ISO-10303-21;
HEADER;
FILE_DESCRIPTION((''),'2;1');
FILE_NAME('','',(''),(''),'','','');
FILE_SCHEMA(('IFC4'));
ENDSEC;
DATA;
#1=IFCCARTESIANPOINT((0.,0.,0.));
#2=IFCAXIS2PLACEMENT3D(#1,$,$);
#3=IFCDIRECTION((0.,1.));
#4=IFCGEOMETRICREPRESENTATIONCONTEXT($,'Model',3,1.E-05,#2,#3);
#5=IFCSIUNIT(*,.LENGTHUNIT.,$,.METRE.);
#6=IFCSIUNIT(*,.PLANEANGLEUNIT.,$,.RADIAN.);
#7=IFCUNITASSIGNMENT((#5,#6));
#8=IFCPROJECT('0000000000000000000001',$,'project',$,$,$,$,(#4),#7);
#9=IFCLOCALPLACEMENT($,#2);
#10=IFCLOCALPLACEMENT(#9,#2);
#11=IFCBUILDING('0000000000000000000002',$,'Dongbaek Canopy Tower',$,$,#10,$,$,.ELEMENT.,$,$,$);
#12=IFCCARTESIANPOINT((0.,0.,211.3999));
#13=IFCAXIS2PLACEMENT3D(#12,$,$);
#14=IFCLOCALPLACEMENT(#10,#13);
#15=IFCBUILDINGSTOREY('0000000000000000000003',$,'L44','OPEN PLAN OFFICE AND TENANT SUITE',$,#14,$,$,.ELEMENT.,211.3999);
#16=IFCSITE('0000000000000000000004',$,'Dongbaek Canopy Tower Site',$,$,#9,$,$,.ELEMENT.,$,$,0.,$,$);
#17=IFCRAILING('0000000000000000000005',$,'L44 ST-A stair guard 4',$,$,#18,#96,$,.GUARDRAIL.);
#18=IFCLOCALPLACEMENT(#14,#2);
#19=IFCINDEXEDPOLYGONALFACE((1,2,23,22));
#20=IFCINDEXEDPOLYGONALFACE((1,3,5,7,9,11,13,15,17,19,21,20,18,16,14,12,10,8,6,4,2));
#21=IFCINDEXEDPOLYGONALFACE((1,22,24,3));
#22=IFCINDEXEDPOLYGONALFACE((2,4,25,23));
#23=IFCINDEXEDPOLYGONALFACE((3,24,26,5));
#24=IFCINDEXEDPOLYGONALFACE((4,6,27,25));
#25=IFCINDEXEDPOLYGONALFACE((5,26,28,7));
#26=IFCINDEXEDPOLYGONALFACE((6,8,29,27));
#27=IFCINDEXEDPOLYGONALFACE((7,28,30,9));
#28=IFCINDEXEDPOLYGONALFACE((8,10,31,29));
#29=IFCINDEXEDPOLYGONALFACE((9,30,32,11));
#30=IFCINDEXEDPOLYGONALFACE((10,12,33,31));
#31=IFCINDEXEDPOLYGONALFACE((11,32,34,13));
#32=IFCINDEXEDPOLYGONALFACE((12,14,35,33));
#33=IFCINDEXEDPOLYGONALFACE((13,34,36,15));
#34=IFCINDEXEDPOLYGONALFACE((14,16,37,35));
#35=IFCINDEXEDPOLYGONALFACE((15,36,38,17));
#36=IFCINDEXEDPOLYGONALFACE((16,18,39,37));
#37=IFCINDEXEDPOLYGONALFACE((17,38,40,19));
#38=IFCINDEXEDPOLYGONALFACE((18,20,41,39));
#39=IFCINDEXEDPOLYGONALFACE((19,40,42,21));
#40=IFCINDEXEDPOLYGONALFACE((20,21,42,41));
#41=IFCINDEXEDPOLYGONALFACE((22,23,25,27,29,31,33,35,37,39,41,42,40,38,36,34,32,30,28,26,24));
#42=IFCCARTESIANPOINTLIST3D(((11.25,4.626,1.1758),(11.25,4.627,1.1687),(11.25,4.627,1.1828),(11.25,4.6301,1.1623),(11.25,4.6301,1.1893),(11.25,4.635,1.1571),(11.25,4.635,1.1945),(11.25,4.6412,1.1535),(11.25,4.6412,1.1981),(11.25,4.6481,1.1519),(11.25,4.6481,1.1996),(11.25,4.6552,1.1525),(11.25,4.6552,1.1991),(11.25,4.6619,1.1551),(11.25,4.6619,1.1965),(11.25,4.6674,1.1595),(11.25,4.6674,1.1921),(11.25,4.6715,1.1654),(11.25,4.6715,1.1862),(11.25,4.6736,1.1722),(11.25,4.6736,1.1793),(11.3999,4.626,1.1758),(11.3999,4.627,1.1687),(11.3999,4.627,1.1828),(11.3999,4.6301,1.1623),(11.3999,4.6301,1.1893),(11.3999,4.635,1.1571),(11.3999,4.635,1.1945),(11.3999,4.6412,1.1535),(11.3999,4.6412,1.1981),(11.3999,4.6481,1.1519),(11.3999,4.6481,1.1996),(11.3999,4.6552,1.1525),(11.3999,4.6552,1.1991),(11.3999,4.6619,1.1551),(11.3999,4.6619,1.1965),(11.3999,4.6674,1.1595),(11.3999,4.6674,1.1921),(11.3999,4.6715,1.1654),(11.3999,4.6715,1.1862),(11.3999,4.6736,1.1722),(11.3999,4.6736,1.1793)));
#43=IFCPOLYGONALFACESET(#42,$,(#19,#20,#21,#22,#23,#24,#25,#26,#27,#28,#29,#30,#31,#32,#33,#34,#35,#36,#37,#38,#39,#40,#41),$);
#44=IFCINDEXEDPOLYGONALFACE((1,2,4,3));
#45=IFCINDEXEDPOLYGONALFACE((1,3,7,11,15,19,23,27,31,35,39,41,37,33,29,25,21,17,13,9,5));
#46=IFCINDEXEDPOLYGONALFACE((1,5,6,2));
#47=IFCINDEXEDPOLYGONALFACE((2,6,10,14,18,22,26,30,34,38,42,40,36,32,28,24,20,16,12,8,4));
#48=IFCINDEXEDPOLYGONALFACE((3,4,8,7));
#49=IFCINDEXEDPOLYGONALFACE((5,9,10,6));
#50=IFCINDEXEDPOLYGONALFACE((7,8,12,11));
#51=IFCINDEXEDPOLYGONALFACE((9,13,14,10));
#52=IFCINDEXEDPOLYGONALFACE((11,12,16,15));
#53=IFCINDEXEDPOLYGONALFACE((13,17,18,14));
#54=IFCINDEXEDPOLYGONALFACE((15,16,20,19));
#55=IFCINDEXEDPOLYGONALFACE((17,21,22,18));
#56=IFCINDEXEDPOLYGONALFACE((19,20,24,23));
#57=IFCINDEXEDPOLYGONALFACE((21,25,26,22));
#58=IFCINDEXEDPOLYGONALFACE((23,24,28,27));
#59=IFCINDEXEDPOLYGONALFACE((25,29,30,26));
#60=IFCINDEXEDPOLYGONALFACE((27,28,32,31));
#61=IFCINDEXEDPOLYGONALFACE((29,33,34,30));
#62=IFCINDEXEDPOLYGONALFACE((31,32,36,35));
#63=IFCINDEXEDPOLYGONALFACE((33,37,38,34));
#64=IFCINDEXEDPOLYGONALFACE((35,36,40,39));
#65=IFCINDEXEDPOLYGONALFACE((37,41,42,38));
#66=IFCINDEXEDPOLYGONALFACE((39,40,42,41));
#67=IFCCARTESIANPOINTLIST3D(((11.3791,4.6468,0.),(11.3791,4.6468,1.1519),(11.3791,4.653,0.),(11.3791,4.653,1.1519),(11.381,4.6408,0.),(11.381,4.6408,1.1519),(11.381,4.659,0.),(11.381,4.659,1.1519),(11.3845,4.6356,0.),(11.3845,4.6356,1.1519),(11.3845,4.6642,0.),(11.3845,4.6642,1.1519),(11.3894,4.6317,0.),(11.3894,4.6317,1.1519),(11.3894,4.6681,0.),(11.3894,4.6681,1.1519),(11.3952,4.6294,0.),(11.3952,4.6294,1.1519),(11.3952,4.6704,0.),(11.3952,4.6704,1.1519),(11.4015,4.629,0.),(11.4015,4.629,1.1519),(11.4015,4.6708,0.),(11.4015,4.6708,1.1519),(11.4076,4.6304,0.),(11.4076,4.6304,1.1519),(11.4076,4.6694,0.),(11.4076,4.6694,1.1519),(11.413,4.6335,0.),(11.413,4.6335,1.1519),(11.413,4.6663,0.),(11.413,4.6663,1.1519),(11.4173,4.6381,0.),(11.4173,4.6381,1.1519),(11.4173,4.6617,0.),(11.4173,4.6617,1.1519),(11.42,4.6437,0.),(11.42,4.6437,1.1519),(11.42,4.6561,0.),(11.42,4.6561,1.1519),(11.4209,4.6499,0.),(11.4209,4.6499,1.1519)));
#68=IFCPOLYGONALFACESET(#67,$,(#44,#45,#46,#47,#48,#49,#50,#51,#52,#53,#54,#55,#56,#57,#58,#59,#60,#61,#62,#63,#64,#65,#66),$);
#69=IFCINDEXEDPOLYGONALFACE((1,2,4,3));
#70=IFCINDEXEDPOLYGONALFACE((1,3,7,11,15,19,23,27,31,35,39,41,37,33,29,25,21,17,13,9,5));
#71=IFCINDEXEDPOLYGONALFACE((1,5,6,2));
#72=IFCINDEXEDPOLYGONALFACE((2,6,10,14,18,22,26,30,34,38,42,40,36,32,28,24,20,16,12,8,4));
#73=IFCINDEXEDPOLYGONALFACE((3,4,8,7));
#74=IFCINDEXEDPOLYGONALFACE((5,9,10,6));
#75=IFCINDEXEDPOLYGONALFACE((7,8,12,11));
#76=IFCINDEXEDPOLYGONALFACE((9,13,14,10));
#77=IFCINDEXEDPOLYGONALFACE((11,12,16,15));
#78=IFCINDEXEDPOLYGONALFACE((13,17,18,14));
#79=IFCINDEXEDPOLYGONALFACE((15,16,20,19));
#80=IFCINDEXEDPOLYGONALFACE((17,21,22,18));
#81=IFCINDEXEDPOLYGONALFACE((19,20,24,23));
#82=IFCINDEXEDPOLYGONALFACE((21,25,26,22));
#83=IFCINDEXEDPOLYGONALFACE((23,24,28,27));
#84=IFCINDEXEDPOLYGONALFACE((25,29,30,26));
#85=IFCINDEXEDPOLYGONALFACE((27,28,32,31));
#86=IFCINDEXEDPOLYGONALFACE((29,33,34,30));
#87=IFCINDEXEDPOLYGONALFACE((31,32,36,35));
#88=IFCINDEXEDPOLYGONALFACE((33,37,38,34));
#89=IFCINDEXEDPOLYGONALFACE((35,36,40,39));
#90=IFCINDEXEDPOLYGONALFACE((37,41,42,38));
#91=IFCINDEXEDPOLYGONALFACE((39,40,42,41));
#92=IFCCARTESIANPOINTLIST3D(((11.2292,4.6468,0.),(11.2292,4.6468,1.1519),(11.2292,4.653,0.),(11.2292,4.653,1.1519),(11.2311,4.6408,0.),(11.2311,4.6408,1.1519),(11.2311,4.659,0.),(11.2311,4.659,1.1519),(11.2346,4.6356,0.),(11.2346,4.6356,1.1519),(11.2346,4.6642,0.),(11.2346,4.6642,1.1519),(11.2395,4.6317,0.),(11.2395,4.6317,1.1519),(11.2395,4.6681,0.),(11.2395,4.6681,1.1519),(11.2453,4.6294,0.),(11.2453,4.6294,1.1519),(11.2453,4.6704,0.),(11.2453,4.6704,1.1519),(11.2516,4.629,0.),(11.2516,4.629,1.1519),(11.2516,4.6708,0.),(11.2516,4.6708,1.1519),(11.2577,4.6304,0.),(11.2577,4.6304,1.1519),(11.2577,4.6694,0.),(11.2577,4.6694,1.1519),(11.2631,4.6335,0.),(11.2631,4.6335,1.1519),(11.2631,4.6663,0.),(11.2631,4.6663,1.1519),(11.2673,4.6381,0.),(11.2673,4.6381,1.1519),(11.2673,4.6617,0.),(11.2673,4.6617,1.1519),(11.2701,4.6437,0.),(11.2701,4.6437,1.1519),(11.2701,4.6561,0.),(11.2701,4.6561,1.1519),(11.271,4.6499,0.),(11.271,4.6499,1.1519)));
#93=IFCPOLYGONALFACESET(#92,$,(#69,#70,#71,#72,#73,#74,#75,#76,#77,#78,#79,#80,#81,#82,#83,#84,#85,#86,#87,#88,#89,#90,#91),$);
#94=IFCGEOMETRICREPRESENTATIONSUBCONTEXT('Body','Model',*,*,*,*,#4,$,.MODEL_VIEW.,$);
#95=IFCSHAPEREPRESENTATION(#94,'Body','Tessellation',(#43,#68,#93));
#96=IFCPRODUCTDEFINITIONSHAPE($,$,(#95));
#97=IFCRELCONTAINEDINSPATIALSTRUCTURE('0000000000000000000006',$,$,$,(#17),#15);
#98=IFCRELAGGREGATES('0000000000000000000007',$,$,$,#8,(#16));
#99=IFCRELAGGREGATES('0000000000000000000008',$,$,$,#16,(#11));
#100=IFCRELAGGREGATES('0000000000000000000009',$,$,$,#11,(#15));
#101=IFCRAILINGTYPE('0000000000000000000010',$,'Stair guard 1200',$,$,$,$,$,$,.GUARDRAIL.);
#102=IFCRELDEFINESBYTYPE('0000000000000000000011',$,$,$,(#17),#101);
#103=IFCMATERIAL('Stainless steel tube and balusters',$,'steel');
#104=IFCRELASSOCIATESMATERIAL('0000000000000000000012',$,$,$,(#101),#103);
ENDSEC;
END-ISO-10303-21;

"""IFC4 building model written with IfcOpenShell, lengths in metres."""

from ifc_helpers import new_model, si_unit, direction, frame, origin, origin_2d, place, context, subcontext, project, spatial, circle, extrude, material, type_object, element, save


model = new_model("IFC4")

# Units and contexts
model_context = context("Model", 3, precision=1e-05, world=origin(), true_north=direction((0.0, 1.0)))
body_context = subcontext(model_context, "Body", "Model", "MODEL_VIEW")
ifc_project = project(units=[si_unit("LENGTHUNIT", "METRE"), si_unit("PLANEANGLEUNIT", "RADIAN")], contexts=[model_context])

# Site, building, storey
site_placement = place(None, origin())
site = spatial("IfcSite", under=ifc_project, at=site_placement, Name="Dongbaek Canopy Tower Site", CompositionType="ELEMENT", RefElevation=0.0)
building_placement = place(site_placement, origin())
building = spatial("IfcBuilding", under=site, at=building_placement, Name="Dongbaek Canopy Tower", CompositionType="ELEMENT")
storey_placement = place(building_placement, frame((0.0, 0.0, 211.3999)))
storey = spatial("IfcBuildingStorey", under=building, at=storey_placement, Name="L44", Description="OPEN PLAN OFFICE AND TENANT SUITE", CompositionType="ELEMENT", Elevation=211.3999)

# Railing
ifc_material_1 = material(Name="Stainless steel tube and balusters", Category="steel")
railing_type_1 = type_object("IfcRailingType", Name="Stair guard 1200", PredefinedType="GUARDRAIL", material=ifc_material_1)
railing_1_placement = place(storey_placement, frame((11.3999, 4.6499, 0.0)))
element("IfcRailing", 1, at=railing_1_placement, inside=storey, type_object=railing_type_1, Name="L44 ST-A stair guard 4", PredefinedType="GUARDRAIL", context=body_context, shape_type="SweptSolid", body=[
    extrude(circle(Radius=0.0239, at=origin_2d()), frame((0.0, 0.0, 1.1758), z_axis=(-1.0, 0.0, 0.0), x_axis=(0.0, -1.0, 0.0)), (0.0, 0.0, 1.0), 0.1499),
    extrude(circle(Radius=0.021, at=origin_2d()), origin(), (0.0, 0.0, 1.0), 1.1519),
    extrude(circle(Radius=0.021, at=origin_2d()), frame((-0.1499, 0.0, 0.0)), (0.0, 0.0, 1.0), 1.1519),
])

save(model, "model.ifc")
